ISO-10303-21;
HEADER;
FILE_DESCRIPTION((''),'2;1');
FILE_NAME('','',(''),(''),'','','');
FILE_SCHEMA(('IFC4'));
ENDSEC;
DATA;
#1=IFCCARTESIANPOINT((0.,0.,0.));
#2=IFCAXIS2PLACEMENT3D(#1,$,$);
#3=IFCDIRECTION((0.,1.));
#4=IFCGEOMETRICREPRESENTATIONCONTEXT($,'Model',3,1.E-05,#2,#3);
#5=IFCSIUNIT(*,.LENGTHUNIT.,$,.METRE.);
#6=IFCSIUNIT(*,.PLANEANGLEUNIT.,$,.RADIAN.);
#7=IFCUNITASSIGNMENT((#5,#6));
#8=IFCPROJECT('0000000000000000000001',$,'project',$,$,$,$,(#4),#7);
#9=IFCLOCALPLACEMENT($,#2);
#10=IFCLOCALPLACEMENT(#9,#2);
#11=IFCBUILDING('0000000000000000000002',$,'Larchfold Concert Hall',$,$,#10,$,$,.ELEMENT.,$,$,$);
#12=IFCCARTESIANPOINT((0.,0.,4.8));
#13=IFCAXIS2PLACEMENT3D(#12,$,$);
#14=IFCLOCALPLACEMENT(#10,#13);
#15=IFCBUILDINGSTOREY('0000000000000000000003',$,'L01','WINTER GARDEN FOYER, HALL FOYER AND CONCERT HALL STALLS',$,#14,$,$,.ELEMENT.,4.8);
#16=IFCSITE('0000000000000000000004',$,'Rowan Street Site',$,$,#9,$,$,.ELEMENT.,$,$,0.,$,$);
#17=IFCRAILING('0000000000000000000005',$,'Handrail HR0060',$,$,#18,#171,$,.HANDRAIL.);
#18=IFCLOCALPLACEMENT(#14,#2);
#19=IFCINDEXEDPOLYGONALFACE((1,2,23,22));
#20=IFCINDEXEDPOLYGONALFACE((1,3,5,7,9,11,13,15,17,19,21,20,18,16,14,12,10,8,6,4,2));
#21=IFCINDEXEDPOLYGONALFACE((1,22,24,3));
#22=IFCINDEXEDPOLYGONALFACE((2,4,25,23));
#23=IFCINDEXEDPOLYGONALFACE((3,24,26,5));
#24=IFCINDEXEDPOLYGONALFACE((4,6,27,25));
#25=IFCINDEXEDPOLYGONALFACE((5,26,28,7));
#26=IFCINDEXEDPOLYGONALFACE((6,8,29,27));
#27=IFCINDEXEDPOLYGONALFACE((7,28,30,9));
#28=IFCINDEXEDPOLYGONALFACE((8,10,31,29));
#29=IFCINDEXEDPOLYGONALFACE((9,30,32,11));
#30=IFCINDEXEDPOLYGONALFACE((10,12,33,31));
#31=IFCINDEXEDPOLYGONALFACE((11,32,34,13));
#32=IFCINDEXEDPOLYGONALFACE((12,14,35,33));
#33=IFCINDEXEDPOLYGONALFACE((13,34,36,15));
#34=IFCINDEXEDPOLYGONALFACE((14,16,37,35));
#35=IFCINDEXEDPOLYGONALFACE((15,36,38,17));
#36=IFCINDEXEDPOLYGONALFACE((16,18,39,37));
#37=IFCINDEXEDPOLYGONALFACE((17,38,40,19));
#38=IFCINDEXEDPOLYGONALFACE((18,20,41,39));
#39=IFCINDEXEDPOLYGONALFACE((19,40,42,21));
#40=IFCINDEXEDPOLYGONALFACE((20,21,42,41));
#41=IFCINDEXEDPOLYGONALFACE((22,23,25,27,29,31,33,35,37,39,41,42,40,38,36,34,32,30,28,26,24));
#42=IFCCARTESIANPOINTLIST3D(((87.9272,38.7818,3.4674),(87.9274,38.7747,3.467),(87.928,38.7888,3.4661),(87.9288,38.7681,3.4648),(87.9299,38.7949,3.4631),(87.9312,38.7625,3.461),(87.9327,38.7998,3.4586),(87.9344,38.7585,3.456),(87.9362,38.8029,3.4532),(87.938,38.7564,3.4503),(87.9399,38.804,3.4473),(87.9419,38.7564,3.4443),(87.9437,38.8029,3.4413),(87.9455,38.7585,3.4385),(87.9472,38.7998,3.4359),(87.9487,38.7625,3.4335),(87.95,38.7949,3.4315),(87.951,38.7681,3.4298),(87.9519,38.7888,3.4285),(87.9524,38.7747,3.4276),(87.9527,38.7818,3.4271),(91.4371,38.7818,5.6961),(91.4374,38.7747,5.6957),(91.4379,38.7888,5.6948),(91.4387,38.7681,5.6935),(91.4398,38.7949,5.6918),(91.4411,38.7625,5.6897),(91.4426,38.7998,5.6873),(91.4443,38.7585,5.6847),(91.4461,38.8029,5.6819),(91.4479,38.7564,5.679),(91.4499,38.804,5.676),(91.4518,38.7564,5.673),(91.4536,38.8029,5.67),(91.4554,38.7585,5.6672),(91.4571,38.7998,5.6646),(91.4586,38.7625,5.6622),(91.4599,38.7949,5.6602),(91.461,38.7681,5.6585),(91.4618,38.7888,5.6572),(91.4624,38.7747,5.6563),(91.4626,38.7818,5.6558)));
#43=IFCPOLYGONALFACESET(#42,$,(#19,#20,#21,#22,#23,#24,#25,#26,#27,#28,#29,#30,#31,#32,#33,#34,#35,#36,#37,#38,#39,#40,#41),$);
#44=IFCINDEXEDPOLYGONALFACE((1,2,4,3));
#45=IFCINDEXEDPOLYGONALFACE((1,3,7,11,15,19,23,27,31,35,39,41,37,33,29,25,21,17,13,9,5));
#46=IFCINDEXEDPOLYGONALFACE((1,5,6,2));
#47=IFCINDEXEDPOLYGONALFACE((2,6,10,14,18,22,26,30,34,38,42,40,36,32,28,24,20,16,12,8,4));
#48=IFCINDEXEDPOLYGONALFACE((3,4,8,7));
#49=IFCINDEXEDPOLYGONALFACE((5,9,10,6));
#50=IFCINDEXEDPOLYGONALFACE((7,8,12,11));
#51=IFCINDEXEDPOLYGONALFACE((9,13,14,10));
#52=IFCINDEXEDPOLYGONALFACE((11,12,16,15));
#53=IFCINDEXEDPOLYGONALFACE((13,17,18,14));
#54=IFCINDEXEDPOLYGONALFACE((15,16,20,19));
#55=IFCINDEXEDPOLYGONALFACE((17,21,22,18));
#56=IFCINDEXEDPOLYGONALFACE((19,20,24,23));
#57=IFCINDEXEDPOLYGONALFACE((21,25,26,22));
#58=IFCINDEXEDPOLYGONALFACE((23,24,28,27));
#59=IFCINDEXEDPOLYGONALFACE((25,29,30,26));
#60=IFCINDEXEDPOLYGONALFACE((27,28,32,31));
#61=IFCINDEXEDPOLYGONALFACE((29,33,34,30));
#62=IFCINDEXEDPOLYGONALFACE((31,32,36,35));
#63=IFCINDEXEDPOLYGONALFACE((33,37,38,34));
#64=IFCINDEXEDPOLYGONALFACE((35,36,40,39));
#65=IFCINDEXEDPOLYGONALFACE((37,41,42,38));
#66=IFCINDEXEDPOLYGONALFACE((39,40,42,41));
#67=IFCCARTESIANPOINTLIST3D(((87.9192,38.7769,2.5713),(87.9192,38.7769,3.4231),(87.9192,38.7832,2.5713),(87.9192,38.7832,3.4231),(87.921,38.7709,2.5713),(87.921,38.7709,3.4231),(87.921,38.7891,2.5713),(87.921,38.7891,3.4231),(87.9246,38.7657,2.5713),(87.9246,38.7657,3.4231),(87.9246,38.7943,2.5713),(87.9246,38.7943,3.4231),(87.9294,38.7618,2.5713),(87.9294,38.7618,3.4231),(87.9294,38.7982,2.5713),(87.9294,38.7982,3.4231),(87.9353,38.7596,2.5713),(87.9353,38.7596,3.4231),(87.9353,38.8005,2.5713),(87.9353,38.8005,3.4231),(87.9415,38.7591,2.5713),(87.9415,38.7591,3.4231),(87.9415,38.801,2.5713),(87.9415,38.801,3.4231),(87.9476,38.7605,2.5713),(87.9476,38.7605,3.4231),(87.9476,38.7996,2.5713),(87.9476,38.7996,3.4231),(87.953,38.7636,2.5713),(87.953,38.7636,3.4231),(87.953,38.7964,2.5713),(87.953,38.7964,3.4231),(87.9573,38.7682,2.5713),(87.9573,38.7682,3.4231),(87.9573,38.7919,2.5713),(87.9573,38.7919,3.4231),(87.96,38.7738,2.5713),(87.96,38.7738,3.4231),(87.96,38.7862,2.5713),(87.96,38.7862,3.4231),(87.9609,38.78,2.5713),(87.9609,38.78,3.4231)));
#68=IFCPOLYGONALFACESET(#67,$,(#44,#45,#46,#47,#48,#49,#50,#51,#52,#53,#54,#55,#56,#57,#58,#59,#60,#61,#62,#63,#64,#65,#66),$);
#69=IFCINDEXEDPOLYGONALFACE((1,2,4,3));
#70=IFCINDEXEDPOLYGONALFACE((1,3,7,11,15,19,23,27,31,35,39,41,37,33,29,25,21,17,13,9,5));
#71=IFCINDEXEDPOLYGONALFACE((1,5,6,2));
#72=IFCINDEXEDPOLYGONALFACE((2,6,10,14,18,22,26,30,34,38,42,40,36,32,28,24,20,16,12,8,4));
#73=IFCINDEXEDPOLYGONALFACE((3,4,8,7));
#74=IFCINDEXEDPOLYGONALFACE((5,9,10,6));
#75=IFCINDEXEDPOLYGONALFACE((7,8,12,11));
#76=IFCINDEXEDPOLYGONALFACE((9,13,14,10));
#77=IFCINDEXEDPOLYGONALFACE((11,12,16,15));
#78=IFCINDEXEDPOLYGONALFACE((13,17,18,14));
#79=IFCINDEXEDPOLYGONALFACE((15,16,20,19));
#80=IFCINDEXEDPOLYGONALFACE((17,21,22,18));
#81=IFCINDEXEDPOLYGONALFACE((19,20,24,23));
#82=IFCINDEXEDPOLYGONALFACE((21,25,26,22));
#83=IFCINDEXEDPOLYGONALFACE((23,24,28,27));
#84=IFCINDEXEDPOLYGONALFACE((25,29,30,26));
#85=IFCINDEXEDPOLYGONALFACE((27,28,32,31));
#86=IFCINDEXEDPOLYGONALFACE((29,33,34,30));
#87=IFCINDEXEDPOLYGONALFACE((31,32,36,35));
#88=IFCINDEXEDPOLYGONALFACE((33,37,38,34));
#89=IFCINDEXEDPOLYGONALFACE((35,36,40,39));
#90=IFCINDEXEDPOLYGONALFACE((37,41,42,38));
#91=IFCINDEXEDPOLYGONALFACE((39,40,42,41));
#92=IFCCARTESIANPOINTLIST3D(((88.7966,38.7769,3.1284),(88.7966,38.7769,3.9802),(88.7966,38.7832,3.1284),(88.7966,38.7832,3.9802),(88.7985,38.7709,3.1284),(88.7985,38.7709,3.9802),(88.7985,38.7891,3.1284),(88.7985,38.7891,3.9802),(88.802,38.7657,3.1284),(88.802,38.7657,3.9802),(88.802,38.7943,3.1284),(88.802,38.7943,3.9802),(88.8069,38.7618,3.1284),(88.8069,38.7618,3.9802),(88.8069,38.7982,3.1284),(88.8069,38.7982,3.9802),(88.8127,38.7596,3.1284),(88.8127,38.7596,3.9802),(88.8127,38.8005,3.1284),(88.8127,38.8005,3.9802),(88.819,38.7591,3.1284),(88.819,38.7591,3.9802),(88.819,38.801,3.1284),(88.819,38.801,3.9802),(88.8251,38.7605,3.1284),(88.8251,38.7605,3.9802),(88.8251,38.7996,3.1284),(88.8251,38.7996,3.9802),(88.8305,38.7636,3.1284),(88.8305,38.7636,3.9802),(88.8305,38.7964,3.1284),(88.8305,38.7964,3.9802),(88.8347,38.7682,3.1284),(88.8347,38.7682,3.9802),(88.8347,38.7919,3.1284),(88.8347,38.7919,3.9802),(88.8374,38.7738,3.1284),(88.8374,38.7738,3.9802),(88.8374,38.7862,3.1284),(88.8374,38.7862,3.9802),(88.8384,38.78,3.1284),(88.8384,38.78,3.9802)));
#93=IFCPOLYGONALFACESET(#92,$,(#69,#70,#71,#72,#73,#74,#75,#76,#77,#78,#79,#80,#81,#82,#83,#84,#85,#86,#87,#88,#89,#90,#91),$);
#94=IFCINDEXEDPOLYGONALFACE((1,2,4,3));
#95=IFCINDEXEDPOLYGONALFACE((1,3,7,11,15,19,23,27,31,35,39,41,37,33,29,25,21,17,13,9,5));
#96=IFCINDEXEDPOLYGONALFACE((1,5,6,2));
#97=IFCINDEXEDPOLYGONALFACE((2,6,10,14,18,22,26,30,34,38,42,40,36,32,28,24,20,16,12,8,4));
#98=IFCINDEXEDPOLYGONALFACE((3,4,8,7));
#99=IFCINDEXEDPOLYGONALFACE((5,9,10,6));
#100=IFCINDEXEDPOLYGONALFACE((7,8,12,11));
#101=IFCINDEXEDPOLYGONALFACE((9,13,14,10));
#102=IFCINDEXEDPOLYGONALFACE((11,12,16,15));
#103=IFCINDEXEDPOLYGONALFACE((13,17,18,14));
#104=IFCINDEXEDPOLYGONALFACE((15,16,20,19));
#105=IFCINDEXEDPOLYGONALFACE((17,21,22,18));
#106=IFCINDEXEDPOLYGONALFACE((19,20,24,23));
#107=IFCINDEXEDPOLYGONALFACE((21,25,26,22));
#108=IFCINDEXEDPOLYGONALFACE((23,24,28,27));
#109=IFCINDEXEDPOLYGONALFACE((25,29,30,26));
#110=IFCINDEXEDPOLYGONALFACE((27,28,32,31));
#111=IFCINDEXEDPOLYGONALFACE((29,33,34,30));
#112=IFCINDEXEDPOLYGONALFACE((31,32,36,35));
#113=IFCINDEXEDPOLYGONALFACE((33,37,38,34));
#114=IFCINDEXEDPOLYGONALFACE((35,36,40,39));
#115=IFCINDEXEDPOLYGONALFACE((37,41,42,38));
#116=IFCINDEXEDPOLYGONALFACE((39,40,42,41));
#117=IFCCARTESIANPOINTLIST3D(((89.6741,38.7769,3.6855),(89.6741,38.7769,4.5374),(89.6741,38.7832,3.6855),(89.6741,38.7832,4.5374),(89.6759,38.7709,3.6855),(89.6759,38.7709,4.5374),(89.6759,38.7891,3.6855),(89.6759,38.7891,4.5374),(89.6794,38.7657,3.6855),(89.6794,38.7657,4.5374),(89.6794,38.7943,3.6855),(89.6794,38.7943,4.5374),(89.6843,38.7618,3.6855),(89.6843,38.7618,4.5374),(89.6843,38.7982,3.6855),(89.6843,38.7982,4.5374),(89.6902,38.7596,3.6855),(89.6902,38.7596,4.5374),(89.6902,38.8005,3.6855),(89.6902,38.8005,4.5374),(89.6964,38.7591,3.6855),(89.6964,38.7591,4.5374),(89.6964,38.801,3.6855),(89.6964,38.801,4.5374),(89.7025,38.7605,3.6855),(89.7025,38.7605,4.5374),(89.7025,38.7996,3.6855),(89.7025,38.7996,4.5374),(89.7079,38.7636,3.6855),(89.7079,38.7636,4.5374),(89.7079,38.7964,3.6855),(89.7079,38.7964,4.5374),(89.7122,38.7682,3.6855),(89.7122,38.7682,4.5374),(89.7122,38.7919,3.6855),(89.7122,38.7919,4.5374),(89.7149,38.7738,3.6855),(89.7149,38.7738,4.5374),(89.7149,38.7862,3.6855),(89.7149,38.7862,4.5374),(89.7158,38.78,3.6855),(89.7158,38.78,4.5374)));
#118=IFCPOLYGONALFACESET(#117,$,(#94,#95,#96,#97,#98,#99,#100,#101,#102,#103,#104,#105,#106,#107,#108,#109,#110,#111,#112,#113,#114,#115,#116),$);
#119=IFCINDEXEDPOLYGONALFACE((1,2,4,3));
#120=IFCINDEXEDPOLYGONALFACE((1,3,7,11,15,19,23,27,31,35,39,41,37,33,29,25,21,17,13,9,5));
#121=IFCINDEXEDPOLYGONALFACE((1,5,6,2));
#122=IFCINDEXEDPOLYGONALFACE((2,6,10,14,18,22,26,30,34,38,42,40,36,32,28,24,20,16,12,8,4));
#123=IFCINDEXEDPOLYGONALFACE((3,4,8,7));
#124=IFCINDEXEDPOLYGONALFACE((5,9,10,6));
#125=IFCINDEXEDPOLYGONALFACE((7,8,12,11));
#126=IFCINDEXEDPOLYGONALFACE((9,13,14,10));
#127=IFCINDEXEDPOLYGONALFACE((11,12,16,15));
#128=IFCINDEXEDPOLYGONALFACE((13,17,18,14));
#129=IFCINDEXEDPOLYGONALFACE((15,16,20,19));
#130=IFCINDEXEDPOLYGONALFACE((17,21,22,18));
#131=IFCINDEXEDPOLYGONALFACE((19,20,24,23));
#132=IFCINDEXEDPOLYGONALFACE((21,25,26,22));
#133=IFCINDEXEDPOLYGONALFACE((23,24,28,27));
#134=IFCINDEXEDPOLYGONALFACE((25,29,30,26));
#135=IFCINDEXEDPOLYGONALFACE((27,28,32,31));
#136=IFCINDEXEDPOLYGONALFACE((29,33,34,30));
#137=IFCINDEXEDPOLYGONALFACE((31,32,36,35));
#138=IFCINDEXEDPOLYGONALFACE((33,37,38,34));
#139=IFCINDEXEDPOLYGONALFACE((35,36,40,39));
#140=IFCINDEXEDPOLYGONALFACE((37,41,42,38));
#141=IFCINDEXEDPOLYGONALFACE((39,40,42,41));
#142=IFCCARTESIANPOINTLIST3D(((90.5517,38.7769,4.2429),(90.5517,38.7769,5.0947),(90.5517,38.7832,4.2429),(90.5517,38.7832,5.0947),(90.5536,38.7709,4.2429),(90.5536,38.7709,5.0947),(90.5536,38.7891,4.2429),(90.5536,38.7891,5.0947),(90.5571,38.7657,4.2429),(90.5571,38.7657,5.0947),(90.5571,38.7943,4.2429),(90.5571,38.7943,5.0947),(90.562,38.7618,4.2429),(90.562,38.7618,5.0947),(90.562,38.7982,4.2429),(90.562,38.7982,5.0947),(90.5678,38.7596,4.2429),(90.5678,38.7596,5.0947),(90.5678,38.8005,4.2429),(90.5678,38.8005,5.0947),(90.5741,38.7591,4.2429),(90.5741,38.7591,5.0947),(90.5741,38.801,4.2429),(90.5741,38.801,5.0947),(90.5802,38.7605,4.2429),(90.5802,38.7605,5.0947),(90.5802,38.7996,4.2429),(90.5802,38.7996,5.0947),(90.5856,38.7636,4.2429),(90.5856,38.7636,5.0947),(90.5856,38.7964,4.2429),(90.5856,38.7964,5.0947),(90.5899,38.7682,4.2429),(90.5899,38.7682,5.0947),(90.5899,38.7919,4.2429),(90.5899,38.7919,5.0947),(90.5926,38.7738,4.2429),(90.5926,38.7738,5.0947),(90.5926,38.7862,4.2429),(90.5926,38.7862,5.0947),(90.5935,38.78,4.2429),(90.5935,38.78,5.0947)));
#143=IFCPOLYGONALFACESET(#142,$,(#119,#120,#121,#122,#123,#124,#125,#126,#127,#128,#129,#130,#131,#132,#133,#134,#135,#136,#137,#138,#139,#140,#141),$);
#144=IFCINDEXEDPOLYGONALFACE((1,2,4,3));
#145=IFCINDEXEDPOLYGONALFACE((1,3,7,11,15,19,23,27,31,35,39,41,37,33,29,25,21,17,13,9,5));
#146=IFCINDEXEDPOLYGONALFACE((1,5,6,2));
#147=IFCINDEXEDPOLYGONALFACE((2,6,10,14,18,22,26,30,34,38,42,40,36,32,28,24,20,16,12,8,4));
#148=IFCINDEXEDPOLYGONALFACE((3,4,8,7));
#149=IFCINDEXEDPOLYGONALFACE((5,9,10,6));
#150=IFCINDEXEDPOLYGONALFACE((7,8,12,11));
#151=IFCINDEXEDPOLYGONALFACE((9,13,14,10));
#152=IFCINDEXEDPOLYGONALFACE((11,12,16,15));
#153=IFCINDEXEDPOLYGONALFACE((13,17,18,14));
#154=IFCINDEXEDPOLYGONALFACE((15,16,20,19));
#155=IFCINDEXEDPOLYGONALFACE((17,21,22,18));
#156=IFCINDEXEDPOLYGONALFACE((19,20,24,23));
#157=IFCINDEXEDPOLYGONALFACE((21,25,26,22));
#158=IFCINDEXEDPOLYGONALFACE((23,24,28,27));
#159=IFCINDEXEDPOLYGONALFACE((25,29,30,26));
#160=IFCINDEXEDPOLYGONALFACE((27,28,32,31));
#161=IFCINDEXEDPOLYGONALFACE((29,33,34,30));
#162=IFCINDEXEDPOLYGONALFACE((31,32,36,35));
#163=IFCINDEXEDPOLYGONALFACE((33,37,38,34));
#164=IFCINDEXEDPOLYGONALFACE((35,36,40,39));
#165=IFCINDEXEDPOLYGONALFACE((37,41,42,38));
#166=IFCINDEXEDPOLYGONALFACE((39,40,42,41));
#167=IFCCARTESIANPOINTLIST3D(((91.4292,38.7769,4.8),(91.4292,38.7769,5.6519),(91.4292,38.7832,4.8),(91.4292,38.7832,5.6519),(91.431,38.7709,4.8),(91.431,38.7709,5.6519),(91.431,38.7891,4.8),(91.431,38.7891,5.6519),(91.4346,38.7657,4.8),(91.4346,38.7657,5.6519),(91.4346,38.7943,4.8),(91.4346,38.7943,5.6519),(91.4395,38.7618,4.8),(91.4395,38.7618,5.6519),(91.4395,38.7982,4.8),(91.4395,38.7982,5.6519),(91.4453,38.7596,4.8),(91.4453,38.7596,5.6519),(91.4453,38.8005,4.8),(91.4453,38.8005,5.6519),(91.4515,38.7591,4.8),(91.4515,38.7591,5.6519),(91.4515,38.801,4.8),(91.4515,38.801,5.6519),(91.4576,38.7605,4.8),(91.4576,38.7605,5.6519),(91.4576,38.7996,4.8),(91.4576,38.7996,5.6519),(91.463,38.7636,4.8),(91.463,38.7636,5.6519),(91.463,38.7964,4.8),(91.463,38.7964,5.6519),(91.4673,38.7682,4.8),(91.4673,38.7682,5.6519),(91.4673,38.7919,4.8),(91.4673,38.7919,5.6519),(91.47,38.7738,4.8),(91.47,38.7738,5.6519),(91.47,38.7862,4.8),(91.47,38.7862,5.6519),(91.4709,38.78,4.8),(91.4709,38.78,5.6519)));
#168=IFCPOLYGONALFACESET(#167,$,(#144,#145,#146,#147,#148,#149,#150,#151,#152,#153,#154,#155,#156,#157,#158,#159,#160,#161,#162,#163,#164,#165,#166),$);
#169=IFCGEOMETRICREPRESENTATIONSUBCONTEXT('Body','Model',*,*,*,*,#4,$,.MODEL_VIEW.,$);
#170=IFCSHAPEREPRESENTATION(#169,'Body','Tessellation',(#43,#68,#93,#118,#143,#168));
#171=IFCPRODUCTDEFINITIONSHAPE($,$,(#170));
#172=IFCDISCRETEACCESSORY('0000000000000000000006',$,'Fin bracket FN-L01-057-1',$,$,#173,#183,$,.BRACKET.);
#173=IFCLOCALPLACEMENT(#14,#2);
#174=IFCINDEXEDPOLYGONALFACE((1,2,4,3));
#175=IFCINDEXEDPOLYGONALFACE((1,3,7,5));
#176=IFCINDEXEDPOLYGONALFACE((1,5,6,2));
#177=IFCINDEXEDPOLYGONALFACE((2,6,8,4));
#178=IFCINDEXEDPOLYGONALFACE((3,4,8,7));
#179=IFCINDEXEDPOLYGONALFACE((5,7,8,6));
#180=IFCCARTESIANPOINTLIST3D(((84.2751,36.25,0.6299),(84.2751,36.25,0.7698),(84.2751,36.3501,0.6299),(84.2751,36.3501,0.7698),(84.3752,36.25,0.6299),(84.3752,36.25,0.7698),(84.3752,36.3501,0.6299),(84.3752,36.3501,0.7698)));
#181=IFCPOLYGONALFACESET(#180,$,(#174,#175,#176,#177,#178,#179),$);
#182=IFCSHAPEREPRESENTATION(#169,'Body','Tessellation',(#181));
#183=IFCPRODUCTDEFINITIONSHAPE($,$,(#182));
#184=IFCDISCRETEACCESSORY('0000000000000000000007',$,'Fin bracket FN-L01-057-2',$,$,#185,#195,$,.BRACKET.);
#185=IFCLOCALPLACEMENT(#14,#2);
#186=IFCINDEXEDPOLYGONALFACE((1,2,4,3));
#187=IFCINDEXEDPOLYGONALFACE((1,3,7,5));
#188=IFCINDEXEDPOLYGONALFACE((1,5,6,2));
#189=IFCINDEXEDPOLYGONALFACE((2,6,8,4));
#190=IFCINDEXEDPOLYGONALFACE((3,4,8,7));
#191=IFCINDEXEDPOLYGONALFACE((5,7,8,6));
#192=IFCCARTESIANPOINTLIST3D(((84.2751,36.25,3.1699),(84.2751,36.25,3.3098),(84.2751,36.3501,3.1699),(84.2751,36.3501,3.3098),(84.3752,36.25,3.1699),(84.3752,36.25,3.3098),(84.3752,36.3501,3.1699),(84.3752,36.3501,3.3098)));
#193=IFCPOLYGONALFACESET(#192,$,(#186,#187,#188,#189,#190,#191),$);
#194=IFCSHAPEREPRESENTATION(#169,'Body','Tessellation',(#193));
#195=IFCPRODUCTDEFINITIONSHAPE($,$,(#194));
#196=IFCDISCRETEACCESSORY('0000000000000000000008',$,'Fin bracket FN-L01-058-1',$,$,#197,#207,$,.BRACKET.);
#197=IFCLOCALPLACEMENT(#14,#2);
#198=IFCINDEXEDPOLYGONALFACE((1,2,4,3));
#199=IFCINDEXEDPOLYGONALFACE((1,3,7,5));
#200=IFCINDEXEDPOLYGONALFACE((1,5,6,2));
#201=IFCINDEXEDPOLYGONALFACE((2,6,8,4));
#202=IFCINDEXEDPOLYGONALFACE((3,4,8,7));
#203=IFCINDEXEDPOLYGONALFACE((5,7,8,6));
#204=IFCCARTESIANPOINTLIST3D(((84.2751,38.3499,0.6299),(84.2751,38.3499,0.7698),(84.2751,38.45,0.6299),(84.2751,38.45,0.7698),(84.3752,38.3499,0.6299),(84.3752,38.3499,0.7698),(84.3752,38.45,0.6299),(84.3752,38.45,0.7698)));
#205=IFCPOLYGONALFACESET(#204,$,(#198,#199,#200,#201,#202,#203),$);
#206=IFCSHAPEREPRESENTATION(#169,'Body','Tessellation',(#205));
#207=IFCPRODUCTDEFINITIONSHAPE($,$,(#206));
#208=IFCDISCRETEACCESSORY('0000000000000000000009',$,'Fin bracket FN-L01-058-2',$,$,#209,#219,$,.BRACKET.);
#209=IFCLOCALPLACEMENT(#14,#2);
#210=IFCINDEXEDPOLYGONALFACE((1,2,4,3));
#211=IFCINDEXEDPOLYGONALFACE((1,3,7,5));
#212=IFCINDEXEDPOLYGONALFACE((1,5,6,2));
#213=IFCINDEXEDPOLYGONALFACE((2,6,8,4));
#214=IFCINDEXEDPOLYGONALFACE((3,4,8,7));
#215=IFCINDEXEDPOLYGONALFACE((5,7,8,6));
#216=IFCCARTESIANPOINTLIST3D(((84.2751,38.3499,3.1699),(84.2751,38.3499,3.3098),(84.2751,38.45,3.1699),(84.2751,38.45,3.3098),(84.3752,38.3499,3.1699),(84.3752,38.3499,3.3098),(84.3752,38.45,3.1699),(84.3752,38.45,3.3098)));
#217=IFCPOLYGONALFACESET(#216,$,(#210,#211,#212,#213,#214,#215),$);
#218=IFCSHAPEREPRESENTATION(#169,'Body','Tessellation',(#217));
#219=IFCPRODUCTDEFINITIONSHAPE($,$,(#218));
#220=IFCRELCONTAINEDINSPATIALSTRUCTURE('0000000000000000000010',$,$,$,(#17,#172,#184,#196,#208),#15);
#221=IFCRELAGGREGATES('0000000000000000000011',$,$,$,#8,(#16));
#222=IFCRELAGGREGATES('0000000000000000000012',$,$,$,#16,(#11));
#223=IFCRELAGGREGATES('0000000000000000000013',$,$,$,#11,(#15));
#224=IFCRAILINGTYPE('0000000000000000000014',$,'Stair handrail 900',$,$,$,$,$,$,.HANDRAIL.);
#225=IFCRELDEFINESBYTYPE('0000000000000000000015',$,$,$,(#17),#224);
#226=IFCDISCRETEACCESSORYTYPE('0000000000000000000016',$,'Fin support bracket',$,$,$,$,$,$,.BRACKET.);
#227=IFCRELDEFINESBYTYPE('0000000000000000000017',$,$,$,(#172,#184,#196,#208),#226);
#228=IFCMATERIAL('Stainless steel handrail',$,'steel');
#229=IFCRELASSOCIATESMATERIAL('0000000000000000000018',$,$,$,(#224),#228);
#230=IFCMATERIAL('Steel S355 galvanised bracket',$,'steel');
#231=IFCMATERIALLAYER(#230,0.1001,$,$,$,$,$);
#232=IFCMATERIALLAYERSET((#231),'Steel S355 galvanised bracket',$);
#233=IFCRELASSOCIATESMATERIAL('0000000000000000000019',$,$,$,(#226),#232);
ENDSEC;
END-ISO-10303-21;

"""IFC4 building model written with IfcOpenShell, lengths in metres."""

from ifc_helpers import new_model, si_unit, direction, frame, origin, origin_2d, place, context, subcontext, project, spatial, rectangle, circle, extrude, material, layer, layer_set, type_object, element, save


model = new_model("IFC4")

# Units and contexts
model_context = context("Model", 3, precision=1e-05, world=origin(), true_north=direction((0.0, 1.0)))
body_context = subcontext(model_context, "Body", "Model", "MODEL_VIEW")
ifc_project = project(units=[si_unit("LENGTHUNIT", "METRE"), si_unit("PLANEANGLEUNIT", "RADIAN")], contexts=[model_context])

# Site, building, storey
site_placement = place(None, origin())
site = spatial("IfcSite", under=ifc_project, at=site_placement, Name="Rowan Street Site", CompositionType="ELEMENT", RefElevation=0.0)
building_placement = place(site_placement, origin())
building = spatial("IfcBuilding", under=site, at=building_placement, Name="Larchfold Concert Hall", CompositionType="ELEMENT")
storey_placement = place(building_placement, frame((0.0, 0.0, 4.8)))
storey = spatial("IfcBuildingStorey", under=building, at=storey_placement, Name="L01", Description="WINTER GARDEN FOYER, HALL FOYER AND CONCERT HALL STALLS", CompositionType="ELEMENT", Elevation=4.8)

# Railing
ifc_material_1 = material(Name="Stainless steel handrail", Category="steel")
railing_type_1 = type_object("IfcRailingType", Name="Stair handrail 900", PredefinedType="HANDRAIL", material=ifc_material_1)
for number, where, name in (
    (1, (87.9399, 38.78, 2.5713), "Handrail HR0060"),
):
    element("IfcRailing", number, at=place(storey_placement, frame(where)), inside=storey, type_object=railing_type_1, Name=name, PredefinedType="HANDRAIL", context=body_context, shape_type="SweptSolid", body=[
        extrude(circle(Radius=0.0239, at=origin_2d()), frame((0.0, 0.0, 0.876), z_axis=(0.844193, 0.0, 0.536039), x_axis=(0.0, 1.0, 0.0)), (0.0, 0.0, 1.0), 4.1577),
        extrude(circle(Radius=0.021, at=origin_2d()), origin(), (0.0, 0.0, 1.0), 0.8518),
        extrude(circle(Radius=0.021, at=origin_2d()), frame((0.8774, 0.0, 0.5571)), (0.0, 0.0, 1.0), 0.8518),
        extrude(circle(Radius=0.021, at=origin_2d()), frame((1.7549, 0.0, 1.1143)), (0.0, 0.0, 1.0), 0.8518),
        extrude(circle(Radius=0.021, at=origin_2d()), frame((2.6326, 0.0, 1.6716)), (0.0, 0.0, 1.0), 0.8518),
        extrude(circle(Radius=0.021, at=origin_2d()), frame((3.51, 0.0, 2.2288)), (0.0, 0.0, 1.0), 0.8518),
    ])

# Discrete accessories
ifc_material_2 = material(Name="Steel S355 galvanised bracket", Category="steel")
ifc_layer_1 = layer(ifc_material_2, 0.1001)
ifc_layer_set_1 = layer_set([ifc_layer_1], Name="Steel S355 galvanised bracket")
discrete_accessory_type = type_object("IfcDiscreteAccessoryType", Name="Fin support bracket", PredefinedType="BRACKET", material=ifc_layer_set_1)
for number, where, z_axis, x_axis, name in (
    (2, (84.3252, 36.3, 0.6299), (0.0, 0.0, 1.0), (-1.0, 0.0, 0.0), "Fin bracket FN-L01-057-1"),
    (3, (84.3252, 36.3, 3.1699), (0.0, 0.0, 1.0), (-1.0, 0.0, 0.0), "Fin bracket FN-L01-057-2"),
    (4, (84.3252, 38.3999, 0.6299), (0.0, 0.0, 1.0), (-1.0, 0.0, 0.0), "Fin bracket FN-L01-058-1"),
    (5, (84.3252, 38.3999, 3.1699), (0.0, 0.0, 1.0), (-1.0, 0.0, 0.0), "Fin bracket FN-L01-058-2"),
):
    element("IfcDiscreteAccessory", number, at=place(storey_placement, frame(where, z_axis=z_axis, x_axis=x_axis)), inside=storey, type_object=discrete_accessory_type, Name=name, PredefinedType="BRACKET", context=body_context, shape_type="SweptSolid", body=[
        extrude(rectangle(XDim=0.1001, YDim=0.1001, at=origin_2d()), origin(), (0.0, 0.0, 1.0), 0.1399),
    ])

save(model, "model.ifc")
